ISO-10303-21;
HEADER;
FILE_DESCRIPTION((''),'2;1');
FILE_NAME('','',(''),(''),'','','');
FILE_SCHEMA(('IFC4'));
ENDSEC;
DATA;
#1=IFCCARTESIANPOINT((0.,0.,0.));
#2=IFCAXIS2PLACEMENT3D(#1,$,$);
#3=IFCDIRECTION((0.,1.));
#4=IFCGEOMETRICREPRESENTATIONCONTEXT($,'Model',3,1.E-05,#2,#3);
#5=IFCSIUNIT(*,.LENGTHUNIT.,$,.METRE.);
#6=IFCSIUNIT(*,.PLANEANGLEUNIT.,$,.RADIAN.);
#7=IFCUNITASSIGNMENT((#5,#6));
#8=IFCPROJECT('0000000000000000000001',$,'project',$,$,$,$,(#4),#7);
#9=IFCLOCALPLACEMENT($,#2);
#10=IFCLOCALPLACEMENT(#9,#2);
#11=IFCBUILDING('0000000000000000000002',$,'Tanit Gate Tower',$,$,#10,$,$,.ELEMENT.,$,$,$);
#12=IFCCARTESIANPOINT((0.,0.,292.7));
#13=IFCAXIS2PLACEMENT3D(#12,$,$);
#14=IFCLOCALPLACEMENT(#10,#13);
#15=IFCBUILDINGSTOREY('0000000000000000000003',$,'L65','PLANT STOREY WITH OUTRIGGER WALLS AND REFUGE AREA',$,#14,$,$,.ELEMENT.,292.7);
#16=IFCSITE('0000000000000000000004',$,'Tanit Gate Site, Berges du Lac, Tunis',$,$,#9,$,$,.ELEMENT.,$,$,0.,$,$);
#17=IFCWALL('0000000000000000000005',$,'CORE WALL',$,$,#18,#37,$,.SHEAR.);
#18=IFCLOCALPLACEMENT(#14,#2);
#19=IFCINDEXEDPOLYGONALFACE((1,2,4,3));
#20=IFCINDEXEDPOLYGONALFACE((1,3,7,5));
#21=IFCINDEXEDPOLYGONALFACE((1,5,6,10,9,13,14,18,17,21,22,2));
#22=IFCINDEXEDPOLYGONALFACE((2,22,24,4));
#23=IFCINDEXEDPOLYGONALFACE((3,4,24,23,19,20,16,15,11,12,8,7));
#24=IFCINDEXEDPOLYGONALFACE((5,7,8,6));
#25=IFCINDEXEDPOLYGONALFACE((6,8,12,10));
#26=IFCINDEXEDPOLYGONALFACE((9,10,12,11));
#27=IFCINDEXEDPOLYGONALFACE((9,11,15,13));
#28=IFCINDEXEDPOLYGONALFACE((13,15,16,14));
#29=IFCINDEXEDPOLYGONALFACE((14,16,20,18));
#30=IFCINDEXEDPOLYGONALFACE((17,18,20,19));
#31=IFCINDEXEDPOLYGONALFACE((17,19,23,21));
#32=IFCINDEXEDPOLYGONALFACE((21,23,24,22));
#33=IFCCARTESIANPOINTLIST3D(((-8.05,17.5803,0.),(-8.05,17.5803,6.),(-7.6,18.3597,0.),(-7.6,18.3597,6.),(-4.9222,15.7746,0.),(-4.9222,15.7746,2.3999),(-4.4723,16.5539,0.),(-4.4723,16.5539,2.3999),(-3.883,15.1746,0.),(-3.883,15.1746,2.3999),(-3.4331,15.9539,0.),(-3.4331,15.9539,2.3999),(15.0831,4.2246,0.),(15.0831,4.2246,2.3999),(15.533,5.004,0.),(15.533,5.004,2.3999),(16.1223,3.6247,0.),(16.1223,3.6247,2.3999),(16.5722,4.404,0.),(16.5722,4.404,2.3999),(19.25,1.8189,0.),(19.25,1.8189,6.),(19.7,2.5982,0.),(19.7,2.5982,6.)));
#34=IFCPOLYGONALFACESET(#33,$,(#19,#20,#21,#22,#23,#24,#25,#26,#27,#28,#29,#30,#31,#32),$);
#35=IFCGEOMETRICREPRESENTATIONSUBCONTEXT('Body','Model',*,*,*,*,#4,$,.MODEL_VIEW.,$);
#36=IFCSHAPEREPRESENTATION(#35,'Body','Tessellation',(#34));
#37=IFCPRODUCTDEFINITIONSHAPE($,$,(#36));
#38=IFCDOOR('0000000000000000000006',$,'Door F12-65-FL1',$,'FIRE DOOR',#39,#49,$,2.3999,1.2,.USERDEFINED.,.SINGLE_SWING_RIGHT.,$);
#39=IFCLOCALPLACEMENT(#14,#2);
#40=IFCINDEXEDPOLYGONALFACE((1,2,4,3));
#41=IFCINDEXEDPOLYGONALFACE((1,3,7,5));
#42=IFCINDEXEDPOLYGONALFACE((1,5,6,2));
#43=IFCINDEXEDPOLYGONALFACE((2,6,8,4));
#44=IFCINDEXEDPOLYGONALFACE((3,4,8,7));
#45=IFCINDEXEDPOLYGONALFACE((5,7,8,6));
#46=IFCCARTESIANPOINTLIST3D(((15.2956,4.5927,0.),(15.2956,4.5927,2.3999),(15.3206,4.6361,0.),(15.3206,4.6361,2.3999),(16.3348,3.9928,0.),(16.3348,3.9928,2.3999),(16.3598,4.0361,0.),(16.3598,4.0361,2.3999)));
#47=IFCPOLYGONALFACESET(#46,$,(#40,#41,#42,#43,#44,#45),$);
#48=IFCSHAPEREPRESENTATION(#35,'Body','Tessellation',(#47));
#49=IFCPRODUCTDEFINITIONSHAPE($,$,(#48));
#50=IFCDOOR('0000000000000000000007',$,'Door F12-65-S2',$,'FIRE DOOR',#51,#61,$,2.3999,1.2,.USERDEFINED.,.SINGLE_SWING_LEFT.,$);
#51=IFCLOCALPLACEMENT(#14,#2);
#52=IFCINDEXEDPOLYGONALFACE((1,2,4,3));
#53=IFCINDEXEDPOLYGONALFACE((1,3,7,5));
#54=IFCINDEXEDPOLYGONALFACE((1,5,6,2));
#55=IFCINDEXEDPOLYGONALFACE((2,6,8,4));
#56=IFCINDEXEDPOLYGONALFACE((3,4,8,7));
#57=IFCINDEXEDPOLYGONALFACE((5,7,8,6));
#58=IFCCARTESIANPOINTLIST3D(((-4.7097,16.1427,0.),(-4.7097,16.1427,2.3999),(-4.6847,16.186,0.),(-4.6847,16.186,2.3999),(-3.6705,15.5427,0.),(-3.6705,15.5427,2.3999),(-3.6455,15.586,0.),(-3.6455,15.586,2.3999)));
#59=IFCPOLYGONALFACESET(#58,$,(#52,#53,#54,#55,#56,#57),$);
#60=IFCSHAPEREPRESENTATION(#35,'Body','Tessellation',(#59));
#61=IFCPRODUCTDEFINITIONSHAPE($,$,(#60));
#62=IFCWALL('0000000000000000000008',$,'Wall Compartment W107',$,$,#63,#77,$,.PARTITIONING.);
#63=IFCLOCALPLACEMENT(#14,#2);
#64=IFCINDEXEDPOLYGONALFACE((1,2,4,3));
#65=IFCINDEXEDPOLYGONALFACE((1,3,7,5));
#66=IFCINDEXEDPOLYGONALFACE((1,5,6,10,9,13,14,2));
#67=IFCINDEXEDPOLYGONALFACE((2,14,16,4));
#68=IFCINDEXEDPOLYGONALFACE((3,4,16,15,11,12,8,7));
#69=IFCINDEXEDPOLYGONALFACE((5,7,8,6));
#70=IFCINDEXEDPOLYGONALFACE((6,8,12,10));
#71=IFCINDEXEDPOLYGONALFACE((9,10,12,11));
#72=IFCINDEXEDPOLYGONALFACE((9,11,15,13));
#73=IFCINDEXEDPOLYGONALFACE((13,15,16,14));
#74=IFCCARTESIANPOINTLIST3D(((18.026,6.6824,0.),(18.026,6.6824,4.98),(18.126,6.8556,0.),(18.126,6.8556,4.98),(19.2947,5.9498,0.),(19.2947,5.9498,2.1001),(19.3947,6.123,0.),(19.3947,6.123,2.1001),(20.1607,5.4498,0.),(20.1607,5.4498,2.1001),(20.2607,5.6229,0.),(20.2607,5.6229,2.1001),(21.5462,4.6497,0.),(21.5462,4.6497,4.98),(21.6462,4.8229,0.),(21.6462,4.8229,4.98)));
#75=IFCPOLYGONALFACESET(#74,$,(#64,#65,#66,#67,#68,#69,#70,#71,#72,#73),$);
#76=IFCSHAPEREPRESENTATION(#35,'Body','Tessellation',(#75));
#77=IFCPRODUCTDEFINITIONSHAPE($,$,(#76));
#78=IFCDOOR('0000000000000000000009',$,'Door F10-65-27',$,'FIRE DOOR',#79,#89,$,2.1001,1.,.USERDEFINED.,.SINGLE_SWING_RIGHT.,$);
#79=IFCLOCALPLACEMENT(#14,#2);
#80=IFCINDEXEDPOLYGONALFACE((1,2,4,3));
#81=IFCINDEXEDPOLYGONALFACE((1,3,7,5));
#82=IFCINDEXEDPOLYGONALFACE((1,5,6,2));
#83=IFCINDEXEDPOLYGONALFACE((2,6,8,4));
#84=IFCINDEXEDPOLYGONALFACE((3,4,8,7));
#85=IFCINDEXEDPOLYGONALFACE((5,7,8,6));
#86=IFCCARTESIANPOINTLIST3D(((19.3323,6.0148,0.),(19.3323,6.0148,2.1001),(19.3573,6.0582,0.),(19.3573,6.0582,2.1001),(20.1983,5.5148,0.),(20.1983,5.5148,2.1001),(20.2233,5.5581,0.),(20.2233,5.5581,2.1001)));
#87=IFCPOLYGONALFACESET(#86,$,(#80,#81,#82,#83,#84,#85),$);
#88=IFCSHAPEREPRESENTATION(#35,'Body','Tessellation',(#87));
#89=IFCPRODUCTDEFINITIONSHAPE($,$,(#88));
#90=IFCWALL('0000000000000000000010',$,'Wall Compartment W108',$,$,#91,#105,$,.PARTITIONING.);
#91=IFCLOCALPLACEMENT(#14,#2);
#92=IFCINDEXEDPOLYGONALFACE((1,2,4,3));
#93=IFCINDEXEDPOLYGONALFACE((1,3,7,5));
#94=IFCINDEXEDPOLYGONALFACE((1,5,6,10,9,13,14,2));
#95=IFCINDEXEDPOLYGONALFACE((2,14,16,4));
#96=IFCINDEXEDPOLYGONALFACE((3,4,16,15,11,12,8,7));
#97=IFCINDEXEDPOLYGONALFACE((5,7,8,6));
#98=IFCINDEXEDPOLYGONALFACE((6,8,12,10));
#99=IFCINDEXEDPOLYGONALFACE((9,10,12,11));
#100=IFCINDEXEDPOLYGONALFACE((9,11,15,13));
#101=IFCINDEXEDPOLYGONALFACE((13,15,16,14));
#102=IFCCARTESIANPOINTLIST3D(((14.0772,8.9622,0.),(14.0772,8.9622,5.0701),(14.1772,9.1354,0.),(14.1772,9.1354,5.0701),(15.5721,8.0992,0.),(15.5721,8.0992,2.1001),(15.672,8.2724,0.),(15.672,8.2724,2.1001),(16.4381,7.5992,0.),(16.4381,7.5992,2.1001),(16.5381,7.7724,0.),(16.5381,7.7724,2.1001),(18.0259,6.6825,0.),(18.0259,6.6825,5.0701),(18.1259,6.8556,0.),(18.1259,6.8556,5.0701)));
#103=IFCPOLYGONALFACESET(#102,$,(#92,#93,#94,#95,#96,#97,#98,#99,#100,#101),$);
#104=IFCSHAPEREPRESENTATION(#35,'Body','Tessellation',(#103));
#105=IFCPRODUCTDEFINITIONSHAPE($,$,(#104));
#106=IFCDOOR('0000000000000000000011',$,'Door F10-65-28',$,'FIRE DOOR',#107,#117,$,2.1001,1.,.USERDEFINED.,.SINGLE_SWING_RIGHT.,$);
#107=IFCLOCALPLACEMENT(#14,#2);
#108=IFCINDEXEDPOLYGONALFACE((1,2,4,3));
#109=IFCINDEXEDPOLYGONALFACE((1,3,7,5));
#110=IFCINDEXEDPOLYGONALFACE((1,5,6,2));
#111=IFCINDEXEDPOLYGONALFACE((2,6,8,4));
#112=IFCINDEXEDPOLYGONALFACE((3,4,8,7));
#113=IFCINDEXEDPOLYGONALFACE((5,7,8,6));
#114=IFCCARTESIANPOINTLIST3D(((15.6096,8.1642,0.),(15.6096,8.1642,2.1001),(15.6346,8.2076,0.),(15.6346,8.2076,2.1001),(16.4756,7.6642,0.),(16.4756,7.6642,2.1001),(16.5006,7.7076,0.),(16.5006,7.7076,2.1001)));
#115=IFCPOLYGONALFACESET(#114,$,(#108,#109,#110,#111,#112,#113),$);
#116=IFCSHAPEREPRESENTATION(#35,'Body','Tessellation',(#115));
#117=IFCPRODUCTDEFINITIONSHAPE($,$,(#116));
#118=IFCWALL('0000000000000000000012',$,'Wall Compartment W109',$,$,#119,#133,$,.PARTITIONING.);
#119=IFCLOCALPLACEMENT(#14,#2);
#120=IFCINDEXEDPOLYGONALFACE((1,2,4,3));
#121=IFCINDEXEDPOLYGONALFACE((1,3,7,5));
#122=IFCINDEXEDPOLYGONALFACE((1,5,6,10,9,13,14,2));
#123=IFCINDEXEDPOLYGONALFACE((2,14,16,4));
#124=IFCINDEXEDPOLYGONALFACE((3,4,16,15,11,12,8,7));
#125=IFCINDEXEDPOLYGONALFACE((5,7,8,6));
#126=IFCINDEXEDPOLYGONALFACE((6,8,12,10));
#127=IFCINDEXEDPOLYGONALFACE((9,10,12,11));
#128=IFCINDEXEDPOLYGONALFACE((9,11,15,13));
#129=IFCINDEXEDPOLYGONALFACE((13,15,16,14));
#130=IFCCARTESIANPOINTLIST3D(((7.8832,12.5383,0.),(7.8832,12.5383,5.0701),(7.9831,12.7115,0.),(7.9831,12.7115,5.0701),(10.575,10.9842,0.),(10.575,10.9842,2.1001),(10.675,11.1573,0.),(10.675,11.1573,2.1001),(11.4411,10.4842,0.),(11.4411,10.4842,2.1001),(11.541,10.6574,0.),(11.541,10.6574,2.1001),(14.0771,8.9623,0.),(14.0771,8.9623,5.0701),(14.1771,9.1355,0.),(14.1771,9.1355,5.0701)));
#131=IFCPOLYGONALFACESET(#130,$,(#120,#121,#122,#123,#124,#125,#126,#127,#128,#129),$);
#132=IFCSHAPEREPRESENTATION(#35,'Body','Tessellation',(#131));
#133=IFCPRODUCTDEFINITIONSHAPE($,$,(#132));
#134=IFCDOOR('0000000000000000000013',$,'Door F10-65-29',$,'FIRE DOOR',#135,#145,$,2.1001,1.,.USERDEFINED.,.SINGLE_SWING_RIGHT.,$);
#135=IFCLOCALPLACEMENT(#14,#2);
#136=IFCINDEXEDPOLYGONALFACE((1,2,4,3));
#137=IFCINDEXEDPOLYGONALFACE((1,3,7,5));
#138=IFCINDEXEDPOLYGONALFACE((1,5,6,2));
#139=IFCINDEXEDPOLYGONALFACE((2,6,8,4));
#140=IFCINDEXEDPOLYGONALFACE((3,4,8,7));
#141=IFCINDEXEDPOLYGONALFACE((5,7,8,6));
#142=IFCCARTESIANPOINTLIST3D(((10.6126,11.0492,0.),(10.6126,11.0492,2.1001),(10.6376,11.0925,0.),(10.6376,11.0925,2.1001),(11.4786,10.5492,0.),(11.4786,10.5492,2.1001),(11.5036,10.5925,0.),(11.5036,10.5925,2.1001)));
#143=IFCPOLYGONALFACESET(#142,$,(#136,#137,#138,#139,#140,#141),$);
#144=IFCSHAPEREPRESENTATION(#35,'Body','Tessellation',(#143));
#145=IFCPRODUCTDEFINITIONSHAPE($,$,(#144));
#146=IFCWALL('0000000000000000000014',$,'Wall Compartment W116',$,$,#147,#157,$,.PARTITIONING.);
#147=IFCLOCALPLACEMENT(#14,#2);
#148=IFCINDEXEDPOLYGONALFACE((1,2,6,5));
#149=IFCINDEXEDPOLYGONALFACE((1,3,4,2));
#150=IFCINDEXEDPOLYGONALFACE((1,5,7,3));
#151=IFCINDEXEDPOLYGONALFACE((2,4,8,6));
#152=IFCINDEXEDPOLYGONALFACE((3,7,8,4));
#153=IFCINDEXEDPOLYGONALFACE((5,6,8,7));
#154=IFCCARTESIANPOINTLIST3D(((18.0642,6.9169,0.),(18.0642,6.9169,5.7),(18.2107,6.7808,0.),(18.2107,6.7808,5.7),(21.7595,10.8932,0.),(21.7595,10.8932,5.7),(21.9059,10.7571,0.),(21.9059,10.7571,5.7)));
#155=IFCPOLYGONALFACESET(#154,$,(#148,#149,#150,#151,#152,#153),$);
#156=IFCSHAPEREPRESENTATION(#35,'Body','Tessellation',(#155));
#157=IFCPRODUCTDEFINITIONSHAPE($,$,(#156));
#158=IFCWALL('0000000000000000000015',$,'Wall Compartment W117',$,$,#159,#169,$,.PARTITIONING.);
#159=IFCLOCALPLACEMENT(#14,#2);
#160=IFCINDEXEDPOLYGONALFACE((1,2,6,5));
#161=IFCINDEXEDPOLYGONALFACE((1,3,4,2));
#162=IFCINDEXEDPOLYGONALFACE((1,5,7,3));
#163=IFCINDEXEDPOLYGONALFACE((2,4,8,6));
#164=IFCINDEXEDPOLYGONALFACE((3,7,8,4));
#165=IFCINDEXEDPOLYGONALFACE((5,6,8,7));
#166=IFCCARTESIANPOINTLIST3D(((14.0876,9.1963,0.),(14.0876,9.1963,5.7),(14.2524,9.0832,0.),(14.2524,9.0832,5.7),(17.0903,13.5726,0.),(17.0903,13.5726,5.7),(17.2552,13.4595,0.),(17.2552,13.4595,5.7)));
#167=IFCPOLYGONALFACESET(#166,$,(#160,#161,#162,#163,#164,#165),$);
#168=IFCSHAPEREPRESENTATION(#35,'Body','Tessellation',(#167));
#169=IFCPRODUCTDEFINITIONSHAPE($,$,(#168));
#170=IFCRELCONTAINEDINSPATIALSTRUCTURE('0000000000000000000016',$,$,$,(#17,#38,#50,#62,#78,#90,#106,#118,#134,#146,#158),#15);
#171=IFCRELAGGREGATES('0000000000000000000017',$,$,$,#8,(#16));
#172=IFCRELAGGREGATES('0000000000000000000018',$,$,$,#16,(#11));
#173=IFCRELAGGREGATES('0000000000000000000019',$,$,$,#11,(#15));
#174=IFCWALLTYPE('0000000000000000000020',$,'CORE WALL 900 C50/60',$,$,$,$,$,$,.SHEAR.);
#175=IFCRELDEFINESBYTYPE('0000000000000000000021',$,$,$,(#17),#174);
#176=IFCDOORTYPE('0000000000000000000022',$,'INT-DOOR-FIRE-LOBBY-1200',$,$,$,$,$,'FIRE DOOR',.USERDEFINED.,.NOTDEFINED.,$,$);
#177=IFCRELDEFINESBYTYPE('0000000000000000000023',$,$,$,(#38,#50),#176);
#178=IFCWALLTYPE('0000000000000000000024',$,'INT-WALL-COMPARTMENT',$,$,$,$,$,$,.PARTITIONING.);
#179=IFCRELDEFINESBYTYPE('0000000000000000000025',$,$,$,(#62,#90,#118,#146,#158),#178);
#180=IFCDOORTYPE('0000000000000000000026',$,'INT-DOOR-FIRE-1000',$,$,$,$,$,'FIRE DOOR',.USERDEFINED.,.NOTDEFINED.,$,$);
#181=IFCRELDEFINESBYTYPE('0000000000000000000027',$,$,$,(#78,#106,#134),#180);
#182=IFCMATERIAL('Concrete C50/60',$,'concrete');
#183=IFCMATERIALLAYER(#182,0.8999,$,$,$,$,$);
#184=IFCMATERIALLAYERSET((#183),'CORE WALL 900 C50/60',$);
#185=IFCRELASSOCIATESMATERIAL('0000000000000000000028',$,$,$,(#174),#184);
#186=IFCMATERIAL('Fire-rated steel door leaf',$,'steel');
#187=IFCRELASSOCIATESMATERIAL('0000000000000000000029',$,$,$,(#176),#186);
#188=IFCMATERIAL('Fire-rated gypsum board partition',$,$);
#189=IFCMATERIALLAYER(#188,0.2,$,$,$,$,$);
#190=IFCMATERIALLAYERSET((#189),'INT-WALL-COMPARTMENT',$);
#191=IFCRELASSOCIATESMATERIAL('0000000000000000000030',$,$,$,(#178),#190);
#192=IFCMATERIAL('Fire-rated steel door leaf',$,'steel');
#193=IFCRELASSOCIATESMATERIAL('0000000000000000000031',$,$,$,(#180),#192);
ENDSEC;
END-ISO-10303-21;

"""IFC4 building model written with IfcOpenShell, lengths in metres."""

from ifc_helpers import new_model, si_unit, direction, frame, frame_2d, origin, place, context, subcontext, project, spatial, rectangle, extrude, material, layer, layer_set, type_object, element, fill, save


model = new_model("IFC4")

# Units and contexts
model_context = context("Model", 3, precision=1e-05, world=origin(), true_north=direction((0.0, 1.0)))
body_context = subcontext(model_context, "Body", "Model", "MODEL_VIEW")
ifc_project = project(units=[si_unit("LENGTHUNIT", "METRE"), si_unit("PLANEANGLEUNIT", "RADIAN")], contexts=[model_context])

# Site, building, storey
site_placement = place(None, origin())
site = spatial("IfcSite", under=ifc_project, at=site_placement, Name="Tanit Gate Site, Berges du Lac, Tunis", CompositionType="ELEMENT", RefElevation=0.0)
building_placement = place(site_placement, origin())
building = spatial("IfcBuilding", under=site, at=building_placement, Name="Tanit Gate Tower", CompositionType="ELEMENT")
storey_placement = place(building_placement, frame((0.0, 0.0, 292.7)))
storey = spatial("IfcBuildingStorey", under=building, at=storey_placement, Name="L65", Description="PLANT STOREY WITH OUTRIGGER WALLS AND REFUGE AREA", CompositionType="ELEMENT", Elevation=292.7)

# Wall, openings, doors
ifc_material_1 = material(Name="Concrete C50/60", Category="concrete")
ifc_layer_1 = layer(ifc_material_1, 0.8999)
ifc_layer_set_1 = layer_set([ifc_layer_1], Name="CORE WALL 900 C50/60")
wall_type_1 = type_object("IfcWallType", Name="CORE WALL 900 C50/60", PredefinedType="SHEAR", material=ifc_layer_set_1)
wall_1_placement = place(storey_placement, frame((19.4751, 2.2085, 0.0), z_axis=(0.0, 0.0, 1.0), x_axis=(-0.866028, 0.499995, 0.0)))
wall_1 = element("IfcWall", 1, at=wall_1_placement, inside=storey, type_object=wall_type_1, Name="CORE WALL", PredefinedType="SHEAR", context=body_context, shape_type="SweptSolid", body=[
    extrude(rectangle(XDim=31.5232, YDim=0.8999, at=frame_2d((15.7617, 0.0))), origin(), (0.0, 0.0, 1.0), 6.0),
])
opening_1_placement = place(wall_1_placement, frame((3.6116, 0.0, 0.0)))
opening_1 = element("IfcOpeningElement", 2, at=opening_1_placement, cuts=wall_1, PredefinedType="OPENING", context=body_context, shape_type="SweptSolid", body=[
    extrude(rectangle(XDim=1.2, YDim=2.3999, at=frame_2d((0.6001, 1.2))), frame((0.0, 0.46, 0.0), z_axis=(0.0, -1.0, 0.0), x_axis=(1.0, 0.0, 0.0)), (0.0, 0.0, 1.0), 0.9199),
])
opening_2_placement = place(wall_1_placement, frame((26.7117, 0.0, 0.0)))
opening_2 = element("IfcOpeningElement", 3, at=opening_2_placement, cuts=wall_1, PredefinedType="OPENING", context=body_context, shape_type="SweptSolid", body=[
    extrude(rectangle(XDim=1.2, YDim=2.3999, at=frame_2d((0.6001, 1.2))), frame((0.0, 0.46, 0.0), z_axis=(0.0, -1.0, 0.0), x_axis=(1.0, 0.0, 0.0)), (0.0, 0.0, 1.0), 0.9199),
])
ifc_material_2 = material(Name="Fire-rated steel door leaf", Category="steel")
door_type_1 = type_object("IfcDoorType", Name="INT-DOOR-FIRE-LOBBY-1200", ElementType="FIRE DOOR", OperationType="NOTDEFINED", PredefinedType="USERDEFINED", material=ifc_material_2)
door_1_placement = place(opening_1_placement, origin())
door_1 = element("IfcDoor", 4, at=door_1_placement, inside=storey, type_object=door_type_1, Name="Door F12-65-FL1", ObjectType="FIRE DOOR", OperationType="SINGLE_SWING_RIGHT", OverallHeight=2.3999, OverallWidth=1.2, PredefinedType="USERDEFINED", context=body_context, shape_type="SweptSolid", body=[
    extrude(rectangle(XDim=1.2, YDim=2.3999, at=frame_2d((0.6001, 1.2))), frame((0.0, 0.0249, 0.0), z_axis=(0.0, -1.0, 0.0), x_axis=(1.0, 0.0, 0.0)), (0.0, 0.0, 1.0), 0.05),
])
fill(opening_1, door_1)
door_2_placement = place(opening_2_placement, origin())
door_2 = element("IfcDoor", 5, at=door_2_placement, inside=storey, type_object=door_type_1, Name="Door F12-65-S2", ObjectType="FIRE DOOR", OperationType="SINGLE_SWING_LEFT", OverallHeight=2.3999, OverallWidth=1.2, PredefinedType="USERDEFINED", context=body_context, shape_type="SweptSolid", body=[
    extrude(rectangle(XDim=1.2, YDim=2.3999, at=frame_2d((0.6001, 1.2))), frame((0.0, 0.0249, 0.0), z_axis=(0.0, -1.0, 0.0), x_axis=(1.0, 0.0, 0.0)), (0.0, 0.0, 1.0), 0.05),
])
fill(opening_2, door_2)

# Walls, openings, doors
ifc_material_3 = material(Name="Fire-rated gypsum board partition")
ifc_layer_2 = layer(ifc_material_3, 0.2)
ifc_layer_set_2 = layer_set([ifc_layer_2], Name="INT-WALL-COMPARTMENT")
wall_type_2 = type_object("IfcWallType", Name="INT-WALL-COMPARTMENT", PredefinedType="PARTITIONING", material=ifc_layer_set_2)
wall_2_placement = place(storey_placement, frame((21.5962, 4.7363, 0.0), z_axis=(0.0, 0.0, 1.0), x_axis=(-0.865995, 0.500053, 0.0)))
wall_2 = element("IfcWall", 6, at=wall_2_placement, inside=storey, type_object=wall_type_2, Name="Wall Compartment W107", PredefinedType="PARTITIONING", context=body_context, shape_type="SweptSolid", body=[
    extrude(rectangle(XDim=4.0649, YDim=0.2, at=frame_2d((2.0325, 0.0))), origin(), (0.0, 0.0, 1.0), 4.98),
])
opening_3_placement = place(wall_2_placement, frame((1.5999, 0.0, 0.0)))
opening_3 = element("IfcOpeningElement", 7, at=opening_3_placement, cuts=wall_2, PredefinedType="OPENING", context=body_context, shape_type="SweptSolid", body=[
    extrude(rectangle(XDim=1.0, YDim=2.1001, at=frame_2d((0.5, 1.05))), frame((0.0, 0.1099, 0.0), z_axis=(0.0, -1.0, 0.0), x_axis=(1.0, 0.0, 0.0)), (0.0, 0.0, 1.0), 0.22),
])
ifc_material_4 = material(Name="Fire-rated steel door leaf", Category="steel")
door_type_2 = type_object("IfcDoorType", Name="INT-DOOR-FIRE-1000", ElementType="FIRE DOOR", OperationType="NOTDEFINED", PredefinedType="USERDEFINED", material=ifc_material_4)
door_3_placement = place(opening_3_placement, origin())
door_3 = element("IfcDoor", 8, at=door_3_placement, inside=storey, type_object=door_type_2, Name="Door F10-65-27", ObjectType="FIRE DOOR", OperationType="SINGLE_SWING_RIGHT", OverallHeight=2.1001, OverallWidth=1.0, PredefinedType="USERDEFINED", context=body_context, shape_type="SweptSolid", body=[
    extrude(rectangle(XDim=1.0, YDim=2.1001, at=frame_2d((0.5, 1.05))), frame((0.0, 0.0249, 0.0), z_axis=(0.0, -1.0, 0.0), x_axis=(1.0, 0.0, 0.0)), (0.0, 0.0, 1.0), 0.05),
])
fill(opening_3, door_3)
wall_3_placement = place(storey_placement, frame((18.0759, 6.769, 0.0), z_axis=(0.0, 0.0, 1.0), x_axis=(-0.866027, 0.499997, 0.0)))
wall_3 = element("IfcWall", 9, at=wall_3_placement, inside=storey, type_object=wall_type_2, Name="Wall Compartment W108", PredefinedType="PARTITIONING", context=body_context, shape_type="SweptSolid", body=[
    extrude(rectangle(XDim=4.5596, YDim=0.2, at=frame_2d((2.2798, 0.0))), origin(), (0.0, 0.0, 1.0), 5.0701),
])
opening_4_placement = place(wall_3_placement, frame((1.8335, 0.0, 0.0)))
opening_4 = element("IfcOpeningElement", 10, at=opening_4_placement, cuts=wall_3, PredefinedType="OPENING", context=body_context, shape_type="SweptSolid", body=[
    extrude(rectangle(XDim=1.0, YDim=2.1001, at=frame_2d((0.5, 1.05))), frame((0.0, 0.1099, 0.0), z_axis=(0.0, -1.0, 0.0), x_axis=(1.0, 0.0, 0.0)), (0.0, 0.0, 1.0), 0.22),
])
door_4_placement = place(opening_4_placement, origin())
door_4 = element("IfcDoor", 11, at=door_4_placement, inside=storey, type_object=door_type_2, Name="Door F10-65-28", ObjectType="FIRE DOOR", OperationType="SINGLE_SWING_RIGHT", OverallHeight=2.1001, OverallWidth=1.0, PredefinedType="USERDEFINED", context=body_context, shape_type="SweptSolid", body=[
    extrude(rectangle(XDim=1.0, YDim=2.1001, at=frame_2d((0.5, 1.05))), frame((0.0, 0.0249, 0.0), z_axis=(0.0, -1.0, 0.0), x_axis=(1.0, 0.0, 0.0)), (0.0, 0.0, 1.0), 0.05),
])
fill(opening_4, door_4)
wall_4_placement = place(storey_placement, frame((14.1272, 9.0488, 0.0), z_axis=(0.0, 0.0, 1.0), x_axis=(-0.866031, 0.49999, 0.0)))
wall_4 = element("IfcWall", 12, at=wall_4_placement, inside=storey, type_object=wall_type_2, Name="Wall Compartment W109", PredefinedType="PARTITIONING", context=body_context, shape_type="SweptSolid", body=[
    extrude(rectangle(XDim=7.1521, YDim=0.2, at=frame_2d((3.5762, 0.0))), origin(), (0.0, 0.0, 1.0), 5.0701),
])
opening_5_placement = place(wall_4_placement, frame((3.0439, 0.0, 0.0)))
opening_5 = element("IfcOpeningElement", 13, at=opening_5_placement, cuts=wall_4, PredefinedType="OPENING", context=body_context, shape_type="SweptSolid", body=[
    extrude(rectangle(XDim=1.0, YDim=2.1001, at=frame_2d((0.5, 1.05))), frame((0.0, 0.1099, 0.0), z_axis=(0.0, -1.0, 0.0), x_axis=(1.0, 0.0, 0.0)), (0.0, 0.0, 1.0), 0.22),
])
door_5_placement = place(opening_5_placement, origin())
door_5 = element("IfcDoor", 14, at=door_5_placement, inside=storey, type_object=door_type_2, Name="Door F10-65-29", ObjectType="FIRE DOOR", OperationType="SINGLE_SWING_RIGHT", OverallHeight=2.1001, OverallWidth=1.0, PredefinedType="USERDEFINED", context=body_context, shape_type="SweptSolid", body=[
    extrude(rectangle(XDim=1.0, YDim=2.1001, at=frame_2d((0.5, 1.05))), frame((0.0, 0.0249, 0.0), z_axis=(0.0, -1.0, 0.0), x_axis=(1.0, 0.0, 0.0)), (0.0, 0.0, 1.0), 0.05),
])
fill(opening_5, door_5)

# Walls
wall_5_placement = place(storey_placement, frame((18.1375, 6.8489, 0.0), z_axis=(0.0, 0.0, 1.0), x_axis=(0.680749, 0.732516, 0.0)))
element("IfcWall", 15, at=wall_5_placement, inside=storey, type_object=wall_type_2, Name="Wall Compartment W116", PredefinedType="PARTITIONING", context=body_context, shape_type="SweptSolid", body=[
    extrude(rectangle(XDim=5.4282, YDim=0.2, at=frame_2d((2.7141, 0.0))), origin(), (0.0, 0.0, 1.0), 5.7),
])
wall_6_placement = place(storey_placement, frame((14.1699, 9.1396, 0.0), z_axis=(0.0, 0.0, 1.0), x_axis=(0.565765, 0.824566, 0.0)))
element("IfcWall", 16, at=wall_6_placement, inside=storey, type_object=wall_type_2, Name="Wall Compartment W117", PredefinedType="PARTITIONING", context=body_context, shape_type="SweptSolid", body=[
    extrude(rectangle(XDim=5.3074, YDim=0.2, at=frame_2d((2.6538, 0.0))), origin(), (0.0, 0.0, 1.0), 5.7),
])

save(model, "model.ifc")
